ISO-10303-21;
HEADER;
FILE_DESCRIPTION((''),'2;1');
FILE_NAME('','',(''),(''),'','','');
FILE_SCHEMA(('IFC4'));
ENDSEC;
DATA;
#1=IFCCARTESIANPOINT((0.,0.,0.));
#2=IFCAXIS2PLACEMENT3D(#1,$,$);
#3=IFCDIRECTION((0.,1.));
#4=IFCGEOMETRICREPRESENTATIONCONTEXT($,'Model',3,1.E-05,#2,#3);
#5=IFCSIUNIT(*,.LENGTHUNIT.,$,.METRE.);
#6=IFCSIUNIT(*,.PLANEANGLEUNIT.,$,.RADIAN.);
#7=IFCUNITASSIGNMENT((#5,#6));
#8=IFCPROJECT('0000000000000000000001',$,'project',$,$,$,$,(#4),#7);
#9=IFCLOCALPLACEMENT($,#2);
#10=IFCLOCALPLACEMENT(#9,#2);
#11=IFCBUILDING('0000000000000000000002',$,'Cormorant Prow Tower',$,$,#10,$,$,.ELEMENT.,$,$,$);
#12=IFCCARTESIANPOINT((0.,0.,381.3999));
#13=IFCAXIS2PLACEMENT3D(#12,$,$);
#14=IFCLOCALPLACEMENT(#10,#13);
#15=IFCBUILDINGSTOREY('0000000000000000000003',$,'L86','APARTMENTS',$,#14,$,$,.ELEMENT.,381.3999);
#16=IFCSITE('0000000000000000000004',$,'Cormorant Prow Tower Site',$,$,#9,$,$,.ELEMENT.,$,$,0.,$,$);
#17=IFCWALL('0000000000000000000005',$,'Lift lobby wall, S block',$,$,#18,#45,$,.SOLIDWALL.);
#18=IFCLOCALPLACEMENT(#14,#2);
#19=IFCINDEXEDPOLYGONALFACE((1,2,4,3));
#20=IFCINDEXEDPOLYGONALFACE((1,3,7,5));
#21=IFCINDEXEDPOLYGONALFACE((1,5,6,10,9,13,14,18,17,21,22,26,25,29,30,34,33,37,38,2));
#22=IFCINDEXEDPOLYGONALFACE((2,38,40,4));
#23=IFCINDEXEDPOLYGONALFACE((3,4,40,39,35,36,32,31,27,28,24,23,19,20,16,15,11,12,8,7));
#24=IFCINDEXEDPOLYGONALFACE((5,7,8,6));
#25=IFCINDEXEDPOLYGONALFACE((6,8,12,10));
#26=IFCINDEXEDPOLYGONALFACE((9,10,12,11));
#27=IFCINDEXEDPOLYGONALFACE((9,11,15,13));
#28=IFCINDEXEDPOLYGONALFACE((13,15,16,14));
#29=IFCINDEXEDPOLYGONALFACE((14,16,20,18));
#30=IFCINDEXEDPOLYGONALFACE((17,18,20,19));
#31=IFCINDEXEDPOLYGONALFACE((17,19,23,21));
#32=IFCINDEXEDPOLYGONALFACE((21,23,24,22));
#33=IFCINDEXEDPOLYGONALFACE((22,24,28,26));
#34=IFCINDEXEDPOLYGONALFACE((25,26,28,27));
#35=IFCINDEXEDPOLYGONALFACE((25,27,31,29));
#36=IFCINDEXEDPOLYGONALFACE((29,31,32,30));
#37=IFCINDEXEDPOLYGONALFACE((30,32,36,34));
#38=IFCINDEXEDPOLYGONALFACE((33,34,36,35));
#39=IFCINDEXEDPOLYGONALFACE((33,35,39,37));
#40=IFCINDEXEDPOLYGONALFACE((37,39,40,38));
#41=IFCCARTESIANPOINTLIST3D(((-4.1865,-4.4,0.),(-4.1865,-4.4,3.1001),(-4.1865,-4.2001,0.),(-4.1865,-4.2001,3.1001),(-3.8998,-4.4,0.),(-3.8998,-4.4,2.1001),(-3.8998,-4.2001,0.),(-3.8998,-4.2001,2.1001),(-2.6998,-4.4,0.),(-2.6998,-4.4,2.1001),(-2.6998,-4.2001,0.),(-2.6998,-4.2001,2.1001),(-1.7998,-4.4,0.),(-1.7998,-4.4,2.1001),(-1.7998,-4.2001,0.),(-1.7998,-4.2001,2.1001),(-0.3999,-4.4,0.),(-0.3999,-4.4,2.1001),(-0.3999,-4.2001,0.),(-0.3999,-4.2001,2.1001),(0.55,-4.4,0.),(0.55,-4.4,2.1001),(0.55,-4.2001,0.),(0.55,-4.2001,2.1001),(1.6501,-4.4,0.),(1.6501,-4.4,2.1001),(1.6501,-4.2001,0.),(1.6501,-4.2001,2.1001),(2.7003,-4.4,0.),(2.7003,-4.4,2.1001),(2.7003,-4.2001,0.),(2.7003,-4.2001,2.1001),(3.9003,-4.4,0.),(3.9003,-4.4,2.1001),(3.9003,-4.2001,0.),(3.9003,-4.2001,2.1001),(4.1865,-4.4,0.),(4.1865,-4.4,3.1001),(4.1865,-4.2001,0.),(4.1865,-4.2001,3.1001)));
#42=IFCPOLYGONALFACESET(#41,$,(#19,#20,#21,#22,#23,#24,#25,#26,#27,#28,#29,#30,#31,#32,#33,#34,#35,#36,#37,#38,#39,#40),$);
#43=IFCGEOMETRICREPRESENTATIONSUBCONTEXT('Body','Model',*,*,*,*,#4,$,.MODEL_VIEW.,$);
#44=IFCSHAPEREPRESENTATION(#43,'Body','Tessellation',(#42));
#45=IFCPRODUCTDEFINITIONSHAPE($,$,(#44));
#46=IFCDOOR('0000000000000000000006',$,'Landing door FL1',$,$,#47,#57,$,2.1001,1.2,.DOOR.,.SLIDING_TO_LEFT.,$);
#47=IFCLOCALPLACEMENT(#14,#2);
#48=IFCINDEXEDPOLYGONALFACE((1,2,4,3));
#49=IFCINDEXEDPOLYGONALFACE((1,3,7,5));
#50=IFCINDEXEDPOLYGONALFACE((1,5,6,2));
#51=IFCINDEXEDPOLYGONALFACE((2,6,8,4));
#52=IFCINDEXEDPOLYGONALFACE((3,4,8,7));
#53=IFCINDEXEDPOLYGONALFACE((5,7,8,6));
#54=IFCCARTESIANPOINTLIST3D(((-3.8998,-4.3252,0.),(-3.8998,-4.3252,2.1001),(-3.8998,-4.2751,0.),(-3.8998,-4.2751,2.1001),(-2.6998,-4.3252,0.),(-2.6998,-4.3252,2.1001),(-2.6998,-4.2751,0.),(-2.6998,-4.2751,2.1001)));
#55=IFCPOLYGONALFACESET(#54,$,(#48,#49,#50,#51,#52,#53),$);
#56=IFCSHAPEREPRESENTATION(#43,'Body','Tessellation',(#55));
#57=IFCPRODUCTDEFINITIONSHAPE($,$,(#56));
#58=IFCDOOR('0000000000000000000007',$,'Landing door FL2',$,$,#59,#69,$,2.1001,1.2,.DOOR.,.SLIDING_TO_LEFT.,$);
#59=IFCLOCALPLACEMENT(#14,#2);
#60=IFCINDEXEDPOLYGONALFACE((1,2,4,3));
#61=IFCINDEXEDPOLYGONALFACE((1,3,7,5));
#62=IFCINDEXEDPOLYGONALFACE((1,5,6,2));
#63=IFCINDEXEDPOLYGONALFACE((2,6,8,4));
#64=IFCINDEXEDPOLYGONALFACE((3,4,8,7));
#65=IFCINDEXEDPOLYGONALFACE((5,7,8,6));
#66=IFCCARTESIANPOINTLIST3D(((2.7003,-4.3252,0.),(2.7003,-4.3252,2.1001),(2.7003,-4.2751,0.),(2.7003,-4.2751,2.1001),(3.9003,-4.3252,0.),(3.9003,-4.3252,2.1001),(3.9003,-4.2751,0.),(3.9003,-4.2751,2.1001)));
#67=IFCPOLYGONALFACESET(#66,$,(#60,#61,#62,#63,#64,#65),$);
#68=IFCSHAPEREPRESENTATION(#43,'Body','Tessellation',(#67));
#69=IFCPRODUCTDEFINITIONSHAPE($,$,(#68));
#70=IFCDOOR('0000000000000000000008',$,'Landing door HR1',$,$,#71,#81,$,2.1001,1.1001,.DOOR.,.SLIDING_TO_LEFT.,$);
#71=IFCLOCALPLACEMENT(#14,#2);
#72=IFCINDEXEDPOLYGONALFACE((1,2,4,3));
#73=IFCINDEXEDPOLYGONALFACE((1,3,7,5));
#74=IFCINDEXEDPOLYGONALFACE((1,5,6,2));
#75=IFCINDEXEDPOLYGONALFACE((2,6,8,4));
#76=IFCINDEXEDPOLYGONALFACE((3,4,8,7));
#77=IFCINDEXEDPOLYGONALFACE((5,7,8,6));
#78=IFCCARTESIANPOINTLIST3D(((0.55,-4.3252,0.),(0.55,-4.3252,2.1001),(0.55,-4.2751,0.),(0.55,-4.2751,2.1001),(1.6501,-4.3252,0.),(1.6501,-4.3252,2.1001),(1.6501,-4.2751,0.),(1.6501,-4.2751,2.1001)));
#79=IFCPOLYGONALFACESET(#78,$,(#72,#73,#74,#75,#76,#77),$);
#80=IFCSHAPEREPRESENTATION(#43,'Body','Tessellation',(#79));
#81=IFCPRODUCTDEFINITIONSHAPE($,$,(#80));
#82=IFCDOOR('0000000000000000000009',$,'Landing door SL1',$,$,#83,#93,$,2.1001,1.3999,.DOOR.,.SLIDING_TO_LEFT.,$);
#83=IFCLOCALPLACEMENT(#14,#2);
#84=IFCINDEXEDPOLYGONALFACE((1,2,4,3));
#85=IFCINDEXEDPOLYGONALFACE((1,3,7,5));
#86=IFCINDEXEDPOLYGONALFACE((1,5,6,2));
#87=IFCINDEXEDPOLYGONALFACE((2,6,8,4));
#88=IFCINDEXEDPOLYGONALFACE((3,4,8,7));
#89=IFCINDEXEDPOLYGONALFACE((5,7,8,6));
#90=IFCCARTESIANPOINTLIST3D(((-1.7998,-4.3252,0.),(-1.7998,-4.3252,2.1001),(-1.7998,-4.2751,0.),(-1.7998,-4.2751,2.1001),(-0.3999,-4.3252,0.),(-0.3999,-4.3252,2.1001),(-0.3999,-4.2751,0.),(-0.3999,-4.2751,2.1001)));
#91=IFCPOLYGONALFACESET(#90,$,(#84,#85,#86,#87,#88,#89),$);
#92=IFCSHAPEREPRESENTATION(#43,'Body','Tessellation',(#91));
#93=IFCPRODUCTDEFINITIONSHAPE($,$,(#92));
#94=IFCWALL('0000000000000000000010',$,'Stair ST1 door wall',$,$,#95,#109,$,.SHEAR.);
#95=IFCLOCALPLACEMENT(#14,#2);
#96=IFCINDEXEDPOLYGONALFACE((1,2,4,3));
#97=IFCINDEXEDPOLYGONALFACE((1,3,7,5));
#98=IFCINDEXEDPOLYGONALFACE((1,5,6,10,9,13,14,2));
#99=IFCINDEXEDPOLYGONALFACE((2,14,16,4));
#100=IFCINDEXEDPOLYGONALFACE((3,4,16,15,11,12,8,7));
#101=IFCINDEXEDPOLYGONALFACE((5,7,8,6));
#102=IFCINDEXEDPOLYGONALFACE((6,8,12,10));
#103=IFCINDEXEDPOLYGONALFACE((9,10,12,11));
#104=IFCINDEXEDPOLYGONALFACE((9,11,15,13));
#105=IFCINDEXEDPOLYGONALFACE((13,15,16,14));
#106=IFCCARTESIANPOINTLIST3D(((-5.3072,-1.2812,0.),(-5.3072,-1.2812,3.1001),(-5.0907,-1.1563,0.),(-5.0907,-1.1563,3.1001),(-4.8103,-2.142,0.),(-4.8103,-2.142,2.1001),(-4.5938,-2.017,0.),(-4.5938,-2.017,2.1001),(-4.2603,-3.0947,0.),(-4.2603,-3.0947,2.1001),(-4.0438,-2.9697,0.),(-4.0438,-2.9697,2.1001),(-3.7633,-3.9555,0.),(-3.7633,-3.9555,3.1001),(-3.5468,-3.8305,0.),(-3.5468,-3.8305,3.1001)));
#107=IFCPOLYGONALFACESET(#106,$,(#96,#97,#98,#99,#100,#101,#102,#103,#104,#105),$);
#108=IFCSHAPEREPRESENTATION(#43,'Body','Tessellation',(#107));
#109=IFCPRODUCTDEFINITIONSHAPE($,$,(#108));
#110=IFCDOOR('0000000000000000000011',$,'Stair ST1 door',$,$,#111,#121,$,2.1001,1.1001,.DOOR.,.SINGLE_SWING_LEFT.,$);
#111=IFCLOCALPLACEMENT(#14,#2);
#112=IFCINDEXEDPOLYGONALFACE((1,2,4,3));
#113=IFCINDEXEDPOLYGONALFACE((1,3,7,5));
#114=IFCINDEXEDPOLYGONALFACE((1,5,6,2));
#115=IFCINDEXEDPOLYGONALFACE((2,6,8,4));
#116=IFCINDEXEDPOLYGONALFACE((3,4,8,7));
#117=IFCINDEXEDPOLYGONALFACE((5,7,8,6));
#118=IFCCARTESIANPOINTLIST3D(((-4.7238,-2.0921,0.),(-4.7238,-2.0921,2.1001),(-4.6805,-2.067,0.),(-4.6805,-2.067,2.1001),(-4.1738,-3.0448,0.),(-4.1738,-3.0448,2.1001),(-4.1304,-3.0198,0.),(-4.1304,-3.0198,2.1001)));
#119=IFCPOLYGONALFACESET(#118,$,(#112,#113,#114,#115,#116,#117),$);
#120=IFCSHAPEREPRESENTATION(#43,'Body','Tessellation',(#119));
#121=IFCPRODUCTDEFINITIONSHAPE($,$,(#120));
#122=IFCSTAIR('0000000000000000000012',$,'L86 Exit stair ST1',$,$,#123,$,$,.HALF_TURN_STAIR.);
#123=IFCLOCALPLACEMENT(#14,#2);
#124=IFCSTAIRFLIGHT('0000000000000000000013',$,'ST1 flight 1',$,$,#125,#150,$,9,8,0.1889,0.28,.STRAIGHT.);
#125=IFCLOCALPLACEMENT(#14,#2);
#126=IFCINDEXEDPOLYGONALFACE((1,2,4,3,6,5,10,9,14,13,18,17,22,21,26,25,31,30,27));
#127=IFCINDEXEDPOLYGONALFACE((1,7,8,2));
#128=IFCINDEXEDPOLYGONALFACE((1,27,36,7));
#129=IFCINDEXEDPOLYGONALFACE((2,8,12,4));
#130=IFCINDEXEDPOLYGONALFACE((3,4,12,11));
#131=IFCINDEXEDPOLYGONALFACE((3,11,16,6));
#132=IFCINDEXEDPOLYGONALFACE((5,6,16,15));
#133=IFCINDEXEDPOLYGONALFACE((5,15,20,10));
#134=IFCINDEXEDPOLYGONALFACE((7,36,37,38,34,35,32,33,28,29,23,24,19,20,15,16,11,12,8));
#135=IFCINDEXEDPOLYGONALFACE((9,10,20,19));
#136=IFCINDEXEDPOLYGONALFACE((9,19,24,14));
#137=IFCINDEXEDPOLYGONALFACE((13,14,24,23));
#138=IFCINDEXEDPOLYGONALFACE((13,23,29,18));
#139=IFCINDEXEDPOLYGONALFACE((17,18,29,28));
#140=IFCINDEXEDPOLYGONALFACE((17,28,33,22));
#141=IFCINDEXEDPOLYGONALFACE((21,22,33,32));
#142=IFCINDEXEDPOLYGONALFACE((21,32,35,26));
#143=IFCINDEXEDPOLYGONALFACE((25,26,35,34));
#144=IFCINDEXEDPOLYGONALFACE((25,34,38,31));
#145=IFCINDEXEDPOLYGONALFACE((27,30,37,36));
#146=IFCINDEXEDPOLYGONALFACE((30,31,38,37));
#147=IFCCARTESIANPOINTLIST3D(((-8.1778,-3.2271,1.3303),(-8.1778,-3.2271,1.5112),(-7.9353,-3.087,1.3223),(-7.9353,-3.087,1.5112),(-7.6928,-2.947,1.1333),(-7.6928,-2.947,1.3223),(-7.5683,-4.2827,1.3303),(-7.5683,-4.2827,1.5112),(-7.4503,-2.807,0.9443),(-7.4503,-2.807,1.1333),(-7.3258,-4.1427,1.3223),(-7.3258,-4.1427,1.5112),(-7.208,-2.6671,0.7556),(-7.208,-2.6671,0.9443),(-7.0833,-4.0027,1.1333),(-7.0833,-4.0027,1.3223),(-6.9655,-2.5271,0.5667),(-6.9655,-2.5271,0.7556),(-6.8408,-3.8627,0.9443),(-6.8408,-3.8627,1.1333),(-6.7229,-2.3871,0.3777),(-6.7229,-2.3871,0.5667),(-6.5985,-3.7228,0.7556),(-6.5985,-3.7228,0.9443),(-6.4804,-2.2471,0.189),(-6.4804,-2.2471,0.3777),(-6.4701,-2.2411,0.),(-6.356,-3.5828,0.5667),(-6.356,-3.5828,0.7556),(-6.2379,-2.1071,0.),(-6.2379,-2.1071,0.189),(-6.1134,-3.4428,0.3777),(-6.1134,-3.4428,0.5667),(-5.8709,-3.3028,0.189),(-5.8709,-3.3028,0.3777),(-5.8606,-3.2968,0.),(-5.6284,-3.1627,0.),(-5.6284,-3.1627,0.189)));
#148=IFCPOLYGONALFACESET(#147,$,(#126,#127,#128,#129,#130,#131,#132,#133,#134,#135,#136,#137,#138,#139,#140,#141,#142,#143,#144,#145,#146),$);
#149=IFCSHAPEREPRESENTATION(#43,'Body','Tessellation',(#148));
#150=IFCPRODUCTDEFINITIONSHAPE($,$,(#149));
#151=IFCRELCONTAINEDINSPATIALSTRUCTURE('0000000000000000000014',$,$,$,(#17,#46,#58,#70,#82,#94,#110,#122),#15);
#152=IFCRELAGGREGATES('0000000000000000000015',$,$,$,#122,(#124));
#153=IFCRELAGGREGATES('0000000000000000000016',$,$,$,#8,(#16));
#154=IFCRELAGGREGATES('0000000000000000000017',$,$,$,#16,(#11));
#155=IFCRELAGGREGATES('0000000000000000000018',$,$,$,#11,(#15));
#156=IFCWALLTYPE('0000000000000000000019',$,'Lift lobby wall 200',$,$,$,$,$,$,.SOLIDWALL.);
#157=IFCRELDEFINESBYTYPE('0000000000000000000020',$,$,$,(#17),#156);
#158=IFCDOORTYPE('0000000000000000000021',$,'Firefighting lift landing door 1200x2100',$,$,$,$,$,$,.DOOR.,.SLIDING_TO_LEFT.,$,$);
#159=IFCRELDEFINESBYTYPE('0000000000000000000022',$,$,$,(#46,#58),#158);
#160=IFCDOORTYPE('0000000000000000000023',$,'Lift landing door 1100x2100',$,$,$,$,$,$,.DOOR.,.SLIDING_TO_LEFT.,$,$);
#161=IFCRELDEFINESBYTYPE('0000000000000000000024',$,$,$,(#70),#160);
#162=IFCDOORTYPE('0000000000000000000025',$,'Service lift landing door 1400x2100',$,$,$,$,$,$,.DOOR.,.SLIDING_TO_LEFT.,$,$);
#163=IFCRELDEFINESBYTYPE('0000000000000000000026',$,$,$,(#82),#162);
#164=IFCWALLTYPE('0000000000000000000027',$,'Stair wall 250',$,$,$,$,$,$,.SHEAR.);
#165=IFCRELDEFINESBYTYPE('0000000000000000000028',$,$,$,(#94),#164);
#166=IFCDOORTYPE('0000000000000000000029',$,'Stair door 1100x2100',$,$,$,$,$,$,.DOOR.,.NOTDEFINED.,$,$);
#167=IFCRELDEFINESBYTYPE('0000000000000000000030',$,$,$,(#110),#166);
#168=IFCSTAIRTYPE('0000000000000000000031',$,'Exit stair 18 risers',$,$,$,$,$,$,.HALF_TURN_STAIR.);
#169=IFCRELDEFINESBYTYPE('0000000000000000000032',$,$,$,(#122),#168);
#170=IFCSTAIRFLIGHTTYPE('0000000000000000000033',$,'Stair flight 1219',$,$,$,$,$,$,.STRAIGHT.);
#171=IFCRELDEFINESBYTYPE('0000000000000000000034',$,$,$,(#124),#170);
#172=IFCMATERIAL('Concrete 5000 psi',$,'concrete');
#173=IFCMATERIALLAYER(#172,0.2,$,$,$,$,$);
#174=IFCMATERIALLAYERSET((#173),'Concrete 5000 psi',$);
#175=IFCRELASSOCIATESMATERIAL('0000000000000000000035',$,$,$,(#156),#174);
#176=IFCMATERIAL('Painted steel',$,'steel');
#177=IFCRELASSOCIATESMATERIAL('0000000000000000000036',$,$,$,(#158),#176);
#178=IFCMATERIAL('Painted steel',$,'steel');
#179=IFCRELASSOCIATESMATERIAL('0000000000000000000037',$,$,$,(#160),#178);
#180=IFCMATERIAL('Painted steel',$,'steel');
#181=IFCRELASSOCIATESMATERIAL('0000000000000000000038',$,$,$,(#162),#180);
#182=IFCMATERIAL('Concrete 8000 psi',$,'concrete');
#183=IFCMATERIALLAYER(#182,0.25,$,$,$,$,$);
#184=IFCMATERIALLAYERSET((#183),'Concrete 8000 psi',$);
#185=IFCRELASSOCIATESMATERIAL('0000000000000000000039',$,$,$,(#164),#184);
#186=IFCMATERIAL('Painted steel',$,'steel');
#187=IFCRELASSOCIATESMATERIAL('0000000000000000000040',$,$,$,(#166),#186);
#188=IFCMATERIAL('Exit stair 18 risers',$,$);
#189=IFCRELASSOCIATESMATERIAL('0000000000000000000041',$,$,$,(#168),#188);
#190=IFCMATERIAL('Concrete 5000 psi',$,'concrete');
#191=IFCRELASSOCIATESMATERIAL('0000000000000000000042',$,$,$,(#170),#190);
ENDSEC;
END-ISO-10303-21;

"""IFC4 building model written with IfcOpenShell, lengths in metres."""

from ifc_helpers import new_model, si_unit, direction, frame, frame_2d, origin, place, context, subcontext, project, spatial, polyline, rectangle, outline, extrude, material, layer, layer_set, type_object, element, fill, aggregate, save


model = new_model("IFC4")

# Units and contexts
model_context = context("Model", 3, precision=1e-05, world=origin(), true_north=direction((0.0, 1.0)))
body_context = subcontext(model_context, "Body", "Model", "MODEL_VIEW")
ifc_project = project(units=[si_unit("LENGTHUNIT", "METRE"), si_unit("PLANEANGLEUNIT", "RADIAN")], contexts=[model_context])

# Site, building, storey
site_placement = place(None, origin())
site = spatial("IfcSite", under=ifc_project, at=site_placement, Name="Cormorant Prow Tower Site", CompositionType="ELEMENT", RefElevation=0.0)
building_placement = place(site_placement, origin())
building = spatial("IfcBuilding", under=site, at=building_placement, Name="Cormorant Prow Tower", CompositionType="ELEMENT")
storey_placement = place(building_placement, frame((0.0, 0.0, 381.3999)))
storey = spatial("IfcBuildingStorey", under=building, at=storey_placement, Name="L86", Description="APARTMENTS", CompositionType="ELEMENT", Elevation=381.3999)

# Wall, openings, doors
ifc_material_1 = material(Name="Concrete 5000 psi", Category="concrete")
ifc_layer_1 = layer(ifc_material_1, 0.2)
ifc_layer_set_1 = layer_set([ifc_layer_1], Name="Concrete 5000 psi")
wall_type_1 = type_object("IfcWallType", Name="Lift lobby wall 200", PredefinedType="SOLIDWALL", material=ifc_layer_set_1)
wall_1_placement = place(storey_placement, frame((-4.1865, -4.3, 0.0), z_axis=(0.0, 0.0, 1.0), x_axis=(1.0, 0.0, 0.0)))
wall_1 = element("IfcWall", 1, at=wall_1_placement, inside=storey, type_object=wall_type_1, Name="Lift lobby wall, S block", PredefinedType="SOLIDWALL", context=body_context, shape_type="SweptSolid", body=[
    extrude(rectangle(XDim=8.373, YDim=0.2, at=frame_2d((4.1865, 0.0))), origin(), (0.0, 0.0, 1.0), 3.1001),
])
opening_1_placement = place(wall_1_placement, frame((0.2866, 0.0, 0.0)))
opening_1 = element("IfcOpeningElement", 2, at=opening_1_placement, cuts=wall_1, PredefinedType="OPENING", context=body_context, shape_type="SweptSolid", body=[
    extrude(rectangle(XDim=1.2, YDim=2.1001, at=frame_2d((0.6001, 1.05))), frame((0.0, 0.1099, 0.0), z_axis=(0.0, -1.0, 0.0), x_axis=(1.0, 0.0, 0.0)), (0.0, 0.0, 1.0), 0.22),
])
opening_2_placement = place(wall_1_placement, frame((2.3867, 0.0, 0.0)))
opening_2 = element("IfcOpeningElement", 3, at=opening_2_placement, cuts=wall_1, PredefinedType="OPENING", context=body_context, shape_type="SweptSolid", body=[
    extrude(rectangle(XDim=1.3999, YDim=2.1001, at=frame_2d((0.7, 1.05))), frame((0.0, 0.1099, 0.0), z_axis=(0.0, -1.0, 0.0), x_axis=(1.0, 0.0, 0.0)), (0.0, 0.0, 1.0), 0.22),
])
opening_3_placement = place(wall_1_placement, frame((4.7366, 0.0, 0.0)))
opening_3 = element("IfcOpeningElement", 4, at=opening_3_placement, cuts=wall_1, PredefinedType="OPENING", context=body_context, shape_type="SweptSolid", body=[
    extrude(rectangle(XDim=1.1001, YDim=2.1001, at=frame_2d((0.55, 1.05))), frame((0.0, 0.1099, 0.0), z_axis=(0.0, -1.0, 0.0), x_axis=(1.0, 0.0, 0.0)), (0.0, 0.0, 1.0), 0.22),
])
opening_4_placement = place(wall_1_placement, frame((6.8867, 0.0, 0.0)))
opening_4 = element("IfcOpeningElement", 5, at=opening_4_placement, cuts=wall_1, PredefinedType="OPENING", context=body_context, shape_type="SweptSolid", body=[
    extrude(rectangle(XDim=1.2, YDim=2.1001, at=frame_2d((0.6001, 1.05))), frame((0.0, 0.1099, 0.0), z_axis=(0.0, -1.0, 0.0), x_axis=(1.0, 0.0, 0.0)), (0.0, 0.0, 1.0), 0.22),
])
ifc_material_2 = material(Name="Painted steel", Category="steel")
door_type_1 = type_object("IfcDoorType", Name="Firefighting lift landing door 1200x2100", OperationType="SLIDING_TO_LEFT", PredefinedType="DOOR", material=ifc_material_2)
door_1_placement = place(opening_1_placement, origin())
door_1 = element("IfcDoor", 6, at=door_1_placement, inside=storey, type_object=door_type_1, Name="Landing door FL1", OperationType="SLIDING_TO_LEFT", OverallHeight=2.1001, OverallWidth=1.2, PredefinedType="DOOR", context=body_context, shape_type="SweptSolid", body=[
    extrude(rectangle(XDim=1.2, YDim=2.1001, at=frame_2d((0.6001, 1.05))), frame((0.0, 0.0249, 0.0), z_axis=(0.0, -1.0, 0.0), x_axis=(1.0, 0.0, 0.0)), (0.0, 0.0, 1.0), 0.05),
])
fill(opening_1, door_1)
door_2_placement = place(opening_4_placement, origin())
door_2 = element("IfcDoor", 7, at=door_2_placement, inside=storey, type_object=door_type_1, Name="Landing door FL2", OperationType="SLIDING_TO_LEFT", OverallHeight=2.1001, OverallWidth=1.2, PredefinedType="DOOR", context=body_context, shape_type="SweptSolid", body=[
    extrude(rectangle(XDim=1.2, YDim=2.1001, at=frame_2d((0.6001, 1.05))), frame((0.0, 0.0249, 0.0), z_axis=(0.0, -1.0, 0.0), x_axis=(1.0, 0.0, 0.0)), (0.0, 0.0, 1.0), 0.05),
])
fill(opening_4, door_2)
ifc_material_3 = material(Name="Painted steel", Category="steel")
door_type_2 = type_object("IfcDoorType", Name="Lift landing door 1100x2100", OperationType="SLIDING_TO_LEFT", PredefinedType="DOOR", material=ifc_material_3)
door_3_placement = place(opening_3_placement, origin())
door_3 = element("IfcDoor", 8, at=door_3_placement, inside=storey, type_object=door_type_2, Name="Landing door HR1", OperationType="SLIDING_TO_LEFT", OverallHeight=2.1001, OverallWidth=1.1001, PredefinedType="DOOR", context=body_context, shape_type="SweptSolid", body=[
    extrude(rectangle(XDim=1.1001, YDim=2.1001, at=frame_2d((0.55, 1.05))), frame((0.0, 0.0249, 0.0), z_axis=(0.0, -1.0, 0.0), x_axis=(1.0, 0.0, 0.0)), (0.0, 0.0, 1.0), 0.05),
])
fill(opening_3, door_3)
ifc_material_4 = material(Name="Painted steel", Category="steel")
door_type_3 = type_object("IfcDoorType", Name="Service lift landing door 1400x2100", OperationType="SLIDING_TO_LEFT", PredefinedType="DOOR", material=ifc_material_4)
door_4_placement = place(opening_2_placement, origin())
door_4 = element("IfcDoor", 9, at=door_4_placement, inside=storey, type_object=door_type_3, Name="Landing door SL1", OperationType="SLIDING_TO_LEFT", OverallHeight=2.1001, OverallWidth=1.3999, PredefinedType="DOOR", context=body_context, shape_type="SweptSolid", body=[
    extrude(rectangle(XDim=1.3999, YDim=2.1001, at=frame_2d((0.7, 1.05))), frame((0.0, 0.0249, 0.0), z_axis=(0.0, -1.0, 0.0), x_axis=(1.0, 0.0, 0.0)), (0.0, 0.0, 1.0), 0.05),
])
fill(opening_2, door_4)

# Wall, opening, door
ifc_material_5 = material(Name="Concrete 8000 psi", Category="concrete")
ifc_layer_2 = layer(ifc_material_5, 0.25)
ifc_layer_set_2 = layer_set([ifc_layer_2], Name="Concrete 8000 psi")
wall_type_2 = type_object("IfcWallType", Name="Stair wall 250", PredefinedType="SHEAR", material=ifc_layer_set_2)
wall_2_placement = place(storey_placement, frame((-5.199, -1.2188, 0.0), z_axis=(0.0, 0.0, 1.0), x_axis=(0.499983, -0.866035, 0.0)))
wall_2 = element("IfcWall", 10, at=wall_2_placement, inside=storey, type_object=wall_type_2, Name="Stair ST1 door wall", PredefinedType="SHEAR", context=body_context, shape_type="SweptSolid", body=[
    extrude(rectangle(XDim=3.0879, YDim=0.25, at=frame_2d((1.5439, 0.0))), origin(), (0.0, 0.0, 1.0), 3.1001),
])
opening_5_placement = place(wall_2_placement, frame((0.9939, 0.0, 0.0)))
opening_5 = element("IfcOpeningElement", 11, at=opening_5_placement, cuts=wall_2, PredefinedType="OPENING", context=body_context, shape_type="SweptSolid", body=[
    extrude(rectangle(XDim=1.1001, YDim=2.1001, at=frame_2d((0.55, 1.05))), frame((0.0, 0.135, 0.0), z_axis=(0.0, -1.0, 0.0), x_axis=(1.0, 0.0, 0.0)), (0.0, 0.0, 1.0), 0.27),
])
ifc_material_6 = material(Name="Painted steel", Category="steel")
door_type_4 = type_object("IfcDoorType", Name="Stair door 1100x2100", OperationType="NOTDEFINED", PredefinedType="DOOR", material=ifc_material_6)
door_5_placement = place(opening_5_placement, origin())
door_5 = element("IfcDoor", 12, at=door_5_placement, inside=storey, type_object=door_type_4, Name="Stair ST1 door", OperationType="SINGLE_SWING_LEFT", OverallHeight=2.1001, OverallWidth=1.1001, PredefinedType="DOOR", context=body_context, shape_type="SweptSolid", body=[
    extrude(rectangle(XDim=1.1001, YDim=2.1001, at=frame_2d((0.55, 1.05))), frame((0.0, 0.0249, 0.0), z_axis=(0.0, -1.0, 0.0), x_axis=(1.0, 0.0, 0.0)), (0.0, 0.0, 1.0), 0.05),
])
fill(opening_5, door_5)

# Stair, stair flight
ifc_material_7 = material(Name="Exit stair 18 risers")
stair_type = type_object("IfcStairType", Name="Exit stair 18 risers", PredefinedType="HALF_TURN_STAIR", material=ifc_material_7)
stair_placement = place(storey_placement, origin())
stair = element("IfcStair", 13, at=stair_placement, inside=storey, type_object=stair_type, Name="L86 Exit stair ST1", PredefinedType="HALF_TURN_STAIR")
ifc_material_8 = material(Name="Concrete 5000 psi", Category="concrete")
stair_flight_type = type_object("IfcStairFlightType", Name="Stair flight 1219", PredefinedType="STRAIGHT", material=ifc_material_8)
stair_flight_1_placement = place(storey_placement, frame((-5.9331, -2.635, 0.0), z_axis=(0.0, 0.0, 1.0), x_axis=(-0.866025, -0.5, 0.0)))
stair_flight_1 = element("IfcStairFlight", 14, at=stair_flight_1_placement, type_object=stair_flight_type, Name="ST1 flight 1", NumberOfRisers=9, NumberOfTreads=8, PredefinedType="STRAIGHT", RiserHeight=0.1889, TreadLength=0.28, context=body_context, shape_type="SweptSolid", body=[
    extrude(outline(polyline([(0.0, 0.0), (0.0, 0.189), (0.28, 0.189), (0.28, 0.3777), (0.5601, 0.3777), (0.5601, 0.5667), (0.8401, 0.5667), (0.8401, 0.7556), (1.1201, 0.7556), (1.1201, 0.9443), (1.3999, 0.9443), (1.3999, 1.1333), (1.6799, 1.1333), (1.6799, 1.3223), (1.96, 1.3223), (1.96, 1.5112), (2.24, 1.5112), (2.24, 1.7), (2.24, 1.3303), (0.2681, 0.0), (0.0, 0.0)])), frame((0.0, 0.6094, 0.0), z_axis=(0.0, -1.0, 0.0), x_axis=(1.0, 0.0, 0.0)), (0.0, 0.0, 1.0), 1.219),
])
aggregate(stair, [stair_flight_1])

save(model, "model.ifc")
